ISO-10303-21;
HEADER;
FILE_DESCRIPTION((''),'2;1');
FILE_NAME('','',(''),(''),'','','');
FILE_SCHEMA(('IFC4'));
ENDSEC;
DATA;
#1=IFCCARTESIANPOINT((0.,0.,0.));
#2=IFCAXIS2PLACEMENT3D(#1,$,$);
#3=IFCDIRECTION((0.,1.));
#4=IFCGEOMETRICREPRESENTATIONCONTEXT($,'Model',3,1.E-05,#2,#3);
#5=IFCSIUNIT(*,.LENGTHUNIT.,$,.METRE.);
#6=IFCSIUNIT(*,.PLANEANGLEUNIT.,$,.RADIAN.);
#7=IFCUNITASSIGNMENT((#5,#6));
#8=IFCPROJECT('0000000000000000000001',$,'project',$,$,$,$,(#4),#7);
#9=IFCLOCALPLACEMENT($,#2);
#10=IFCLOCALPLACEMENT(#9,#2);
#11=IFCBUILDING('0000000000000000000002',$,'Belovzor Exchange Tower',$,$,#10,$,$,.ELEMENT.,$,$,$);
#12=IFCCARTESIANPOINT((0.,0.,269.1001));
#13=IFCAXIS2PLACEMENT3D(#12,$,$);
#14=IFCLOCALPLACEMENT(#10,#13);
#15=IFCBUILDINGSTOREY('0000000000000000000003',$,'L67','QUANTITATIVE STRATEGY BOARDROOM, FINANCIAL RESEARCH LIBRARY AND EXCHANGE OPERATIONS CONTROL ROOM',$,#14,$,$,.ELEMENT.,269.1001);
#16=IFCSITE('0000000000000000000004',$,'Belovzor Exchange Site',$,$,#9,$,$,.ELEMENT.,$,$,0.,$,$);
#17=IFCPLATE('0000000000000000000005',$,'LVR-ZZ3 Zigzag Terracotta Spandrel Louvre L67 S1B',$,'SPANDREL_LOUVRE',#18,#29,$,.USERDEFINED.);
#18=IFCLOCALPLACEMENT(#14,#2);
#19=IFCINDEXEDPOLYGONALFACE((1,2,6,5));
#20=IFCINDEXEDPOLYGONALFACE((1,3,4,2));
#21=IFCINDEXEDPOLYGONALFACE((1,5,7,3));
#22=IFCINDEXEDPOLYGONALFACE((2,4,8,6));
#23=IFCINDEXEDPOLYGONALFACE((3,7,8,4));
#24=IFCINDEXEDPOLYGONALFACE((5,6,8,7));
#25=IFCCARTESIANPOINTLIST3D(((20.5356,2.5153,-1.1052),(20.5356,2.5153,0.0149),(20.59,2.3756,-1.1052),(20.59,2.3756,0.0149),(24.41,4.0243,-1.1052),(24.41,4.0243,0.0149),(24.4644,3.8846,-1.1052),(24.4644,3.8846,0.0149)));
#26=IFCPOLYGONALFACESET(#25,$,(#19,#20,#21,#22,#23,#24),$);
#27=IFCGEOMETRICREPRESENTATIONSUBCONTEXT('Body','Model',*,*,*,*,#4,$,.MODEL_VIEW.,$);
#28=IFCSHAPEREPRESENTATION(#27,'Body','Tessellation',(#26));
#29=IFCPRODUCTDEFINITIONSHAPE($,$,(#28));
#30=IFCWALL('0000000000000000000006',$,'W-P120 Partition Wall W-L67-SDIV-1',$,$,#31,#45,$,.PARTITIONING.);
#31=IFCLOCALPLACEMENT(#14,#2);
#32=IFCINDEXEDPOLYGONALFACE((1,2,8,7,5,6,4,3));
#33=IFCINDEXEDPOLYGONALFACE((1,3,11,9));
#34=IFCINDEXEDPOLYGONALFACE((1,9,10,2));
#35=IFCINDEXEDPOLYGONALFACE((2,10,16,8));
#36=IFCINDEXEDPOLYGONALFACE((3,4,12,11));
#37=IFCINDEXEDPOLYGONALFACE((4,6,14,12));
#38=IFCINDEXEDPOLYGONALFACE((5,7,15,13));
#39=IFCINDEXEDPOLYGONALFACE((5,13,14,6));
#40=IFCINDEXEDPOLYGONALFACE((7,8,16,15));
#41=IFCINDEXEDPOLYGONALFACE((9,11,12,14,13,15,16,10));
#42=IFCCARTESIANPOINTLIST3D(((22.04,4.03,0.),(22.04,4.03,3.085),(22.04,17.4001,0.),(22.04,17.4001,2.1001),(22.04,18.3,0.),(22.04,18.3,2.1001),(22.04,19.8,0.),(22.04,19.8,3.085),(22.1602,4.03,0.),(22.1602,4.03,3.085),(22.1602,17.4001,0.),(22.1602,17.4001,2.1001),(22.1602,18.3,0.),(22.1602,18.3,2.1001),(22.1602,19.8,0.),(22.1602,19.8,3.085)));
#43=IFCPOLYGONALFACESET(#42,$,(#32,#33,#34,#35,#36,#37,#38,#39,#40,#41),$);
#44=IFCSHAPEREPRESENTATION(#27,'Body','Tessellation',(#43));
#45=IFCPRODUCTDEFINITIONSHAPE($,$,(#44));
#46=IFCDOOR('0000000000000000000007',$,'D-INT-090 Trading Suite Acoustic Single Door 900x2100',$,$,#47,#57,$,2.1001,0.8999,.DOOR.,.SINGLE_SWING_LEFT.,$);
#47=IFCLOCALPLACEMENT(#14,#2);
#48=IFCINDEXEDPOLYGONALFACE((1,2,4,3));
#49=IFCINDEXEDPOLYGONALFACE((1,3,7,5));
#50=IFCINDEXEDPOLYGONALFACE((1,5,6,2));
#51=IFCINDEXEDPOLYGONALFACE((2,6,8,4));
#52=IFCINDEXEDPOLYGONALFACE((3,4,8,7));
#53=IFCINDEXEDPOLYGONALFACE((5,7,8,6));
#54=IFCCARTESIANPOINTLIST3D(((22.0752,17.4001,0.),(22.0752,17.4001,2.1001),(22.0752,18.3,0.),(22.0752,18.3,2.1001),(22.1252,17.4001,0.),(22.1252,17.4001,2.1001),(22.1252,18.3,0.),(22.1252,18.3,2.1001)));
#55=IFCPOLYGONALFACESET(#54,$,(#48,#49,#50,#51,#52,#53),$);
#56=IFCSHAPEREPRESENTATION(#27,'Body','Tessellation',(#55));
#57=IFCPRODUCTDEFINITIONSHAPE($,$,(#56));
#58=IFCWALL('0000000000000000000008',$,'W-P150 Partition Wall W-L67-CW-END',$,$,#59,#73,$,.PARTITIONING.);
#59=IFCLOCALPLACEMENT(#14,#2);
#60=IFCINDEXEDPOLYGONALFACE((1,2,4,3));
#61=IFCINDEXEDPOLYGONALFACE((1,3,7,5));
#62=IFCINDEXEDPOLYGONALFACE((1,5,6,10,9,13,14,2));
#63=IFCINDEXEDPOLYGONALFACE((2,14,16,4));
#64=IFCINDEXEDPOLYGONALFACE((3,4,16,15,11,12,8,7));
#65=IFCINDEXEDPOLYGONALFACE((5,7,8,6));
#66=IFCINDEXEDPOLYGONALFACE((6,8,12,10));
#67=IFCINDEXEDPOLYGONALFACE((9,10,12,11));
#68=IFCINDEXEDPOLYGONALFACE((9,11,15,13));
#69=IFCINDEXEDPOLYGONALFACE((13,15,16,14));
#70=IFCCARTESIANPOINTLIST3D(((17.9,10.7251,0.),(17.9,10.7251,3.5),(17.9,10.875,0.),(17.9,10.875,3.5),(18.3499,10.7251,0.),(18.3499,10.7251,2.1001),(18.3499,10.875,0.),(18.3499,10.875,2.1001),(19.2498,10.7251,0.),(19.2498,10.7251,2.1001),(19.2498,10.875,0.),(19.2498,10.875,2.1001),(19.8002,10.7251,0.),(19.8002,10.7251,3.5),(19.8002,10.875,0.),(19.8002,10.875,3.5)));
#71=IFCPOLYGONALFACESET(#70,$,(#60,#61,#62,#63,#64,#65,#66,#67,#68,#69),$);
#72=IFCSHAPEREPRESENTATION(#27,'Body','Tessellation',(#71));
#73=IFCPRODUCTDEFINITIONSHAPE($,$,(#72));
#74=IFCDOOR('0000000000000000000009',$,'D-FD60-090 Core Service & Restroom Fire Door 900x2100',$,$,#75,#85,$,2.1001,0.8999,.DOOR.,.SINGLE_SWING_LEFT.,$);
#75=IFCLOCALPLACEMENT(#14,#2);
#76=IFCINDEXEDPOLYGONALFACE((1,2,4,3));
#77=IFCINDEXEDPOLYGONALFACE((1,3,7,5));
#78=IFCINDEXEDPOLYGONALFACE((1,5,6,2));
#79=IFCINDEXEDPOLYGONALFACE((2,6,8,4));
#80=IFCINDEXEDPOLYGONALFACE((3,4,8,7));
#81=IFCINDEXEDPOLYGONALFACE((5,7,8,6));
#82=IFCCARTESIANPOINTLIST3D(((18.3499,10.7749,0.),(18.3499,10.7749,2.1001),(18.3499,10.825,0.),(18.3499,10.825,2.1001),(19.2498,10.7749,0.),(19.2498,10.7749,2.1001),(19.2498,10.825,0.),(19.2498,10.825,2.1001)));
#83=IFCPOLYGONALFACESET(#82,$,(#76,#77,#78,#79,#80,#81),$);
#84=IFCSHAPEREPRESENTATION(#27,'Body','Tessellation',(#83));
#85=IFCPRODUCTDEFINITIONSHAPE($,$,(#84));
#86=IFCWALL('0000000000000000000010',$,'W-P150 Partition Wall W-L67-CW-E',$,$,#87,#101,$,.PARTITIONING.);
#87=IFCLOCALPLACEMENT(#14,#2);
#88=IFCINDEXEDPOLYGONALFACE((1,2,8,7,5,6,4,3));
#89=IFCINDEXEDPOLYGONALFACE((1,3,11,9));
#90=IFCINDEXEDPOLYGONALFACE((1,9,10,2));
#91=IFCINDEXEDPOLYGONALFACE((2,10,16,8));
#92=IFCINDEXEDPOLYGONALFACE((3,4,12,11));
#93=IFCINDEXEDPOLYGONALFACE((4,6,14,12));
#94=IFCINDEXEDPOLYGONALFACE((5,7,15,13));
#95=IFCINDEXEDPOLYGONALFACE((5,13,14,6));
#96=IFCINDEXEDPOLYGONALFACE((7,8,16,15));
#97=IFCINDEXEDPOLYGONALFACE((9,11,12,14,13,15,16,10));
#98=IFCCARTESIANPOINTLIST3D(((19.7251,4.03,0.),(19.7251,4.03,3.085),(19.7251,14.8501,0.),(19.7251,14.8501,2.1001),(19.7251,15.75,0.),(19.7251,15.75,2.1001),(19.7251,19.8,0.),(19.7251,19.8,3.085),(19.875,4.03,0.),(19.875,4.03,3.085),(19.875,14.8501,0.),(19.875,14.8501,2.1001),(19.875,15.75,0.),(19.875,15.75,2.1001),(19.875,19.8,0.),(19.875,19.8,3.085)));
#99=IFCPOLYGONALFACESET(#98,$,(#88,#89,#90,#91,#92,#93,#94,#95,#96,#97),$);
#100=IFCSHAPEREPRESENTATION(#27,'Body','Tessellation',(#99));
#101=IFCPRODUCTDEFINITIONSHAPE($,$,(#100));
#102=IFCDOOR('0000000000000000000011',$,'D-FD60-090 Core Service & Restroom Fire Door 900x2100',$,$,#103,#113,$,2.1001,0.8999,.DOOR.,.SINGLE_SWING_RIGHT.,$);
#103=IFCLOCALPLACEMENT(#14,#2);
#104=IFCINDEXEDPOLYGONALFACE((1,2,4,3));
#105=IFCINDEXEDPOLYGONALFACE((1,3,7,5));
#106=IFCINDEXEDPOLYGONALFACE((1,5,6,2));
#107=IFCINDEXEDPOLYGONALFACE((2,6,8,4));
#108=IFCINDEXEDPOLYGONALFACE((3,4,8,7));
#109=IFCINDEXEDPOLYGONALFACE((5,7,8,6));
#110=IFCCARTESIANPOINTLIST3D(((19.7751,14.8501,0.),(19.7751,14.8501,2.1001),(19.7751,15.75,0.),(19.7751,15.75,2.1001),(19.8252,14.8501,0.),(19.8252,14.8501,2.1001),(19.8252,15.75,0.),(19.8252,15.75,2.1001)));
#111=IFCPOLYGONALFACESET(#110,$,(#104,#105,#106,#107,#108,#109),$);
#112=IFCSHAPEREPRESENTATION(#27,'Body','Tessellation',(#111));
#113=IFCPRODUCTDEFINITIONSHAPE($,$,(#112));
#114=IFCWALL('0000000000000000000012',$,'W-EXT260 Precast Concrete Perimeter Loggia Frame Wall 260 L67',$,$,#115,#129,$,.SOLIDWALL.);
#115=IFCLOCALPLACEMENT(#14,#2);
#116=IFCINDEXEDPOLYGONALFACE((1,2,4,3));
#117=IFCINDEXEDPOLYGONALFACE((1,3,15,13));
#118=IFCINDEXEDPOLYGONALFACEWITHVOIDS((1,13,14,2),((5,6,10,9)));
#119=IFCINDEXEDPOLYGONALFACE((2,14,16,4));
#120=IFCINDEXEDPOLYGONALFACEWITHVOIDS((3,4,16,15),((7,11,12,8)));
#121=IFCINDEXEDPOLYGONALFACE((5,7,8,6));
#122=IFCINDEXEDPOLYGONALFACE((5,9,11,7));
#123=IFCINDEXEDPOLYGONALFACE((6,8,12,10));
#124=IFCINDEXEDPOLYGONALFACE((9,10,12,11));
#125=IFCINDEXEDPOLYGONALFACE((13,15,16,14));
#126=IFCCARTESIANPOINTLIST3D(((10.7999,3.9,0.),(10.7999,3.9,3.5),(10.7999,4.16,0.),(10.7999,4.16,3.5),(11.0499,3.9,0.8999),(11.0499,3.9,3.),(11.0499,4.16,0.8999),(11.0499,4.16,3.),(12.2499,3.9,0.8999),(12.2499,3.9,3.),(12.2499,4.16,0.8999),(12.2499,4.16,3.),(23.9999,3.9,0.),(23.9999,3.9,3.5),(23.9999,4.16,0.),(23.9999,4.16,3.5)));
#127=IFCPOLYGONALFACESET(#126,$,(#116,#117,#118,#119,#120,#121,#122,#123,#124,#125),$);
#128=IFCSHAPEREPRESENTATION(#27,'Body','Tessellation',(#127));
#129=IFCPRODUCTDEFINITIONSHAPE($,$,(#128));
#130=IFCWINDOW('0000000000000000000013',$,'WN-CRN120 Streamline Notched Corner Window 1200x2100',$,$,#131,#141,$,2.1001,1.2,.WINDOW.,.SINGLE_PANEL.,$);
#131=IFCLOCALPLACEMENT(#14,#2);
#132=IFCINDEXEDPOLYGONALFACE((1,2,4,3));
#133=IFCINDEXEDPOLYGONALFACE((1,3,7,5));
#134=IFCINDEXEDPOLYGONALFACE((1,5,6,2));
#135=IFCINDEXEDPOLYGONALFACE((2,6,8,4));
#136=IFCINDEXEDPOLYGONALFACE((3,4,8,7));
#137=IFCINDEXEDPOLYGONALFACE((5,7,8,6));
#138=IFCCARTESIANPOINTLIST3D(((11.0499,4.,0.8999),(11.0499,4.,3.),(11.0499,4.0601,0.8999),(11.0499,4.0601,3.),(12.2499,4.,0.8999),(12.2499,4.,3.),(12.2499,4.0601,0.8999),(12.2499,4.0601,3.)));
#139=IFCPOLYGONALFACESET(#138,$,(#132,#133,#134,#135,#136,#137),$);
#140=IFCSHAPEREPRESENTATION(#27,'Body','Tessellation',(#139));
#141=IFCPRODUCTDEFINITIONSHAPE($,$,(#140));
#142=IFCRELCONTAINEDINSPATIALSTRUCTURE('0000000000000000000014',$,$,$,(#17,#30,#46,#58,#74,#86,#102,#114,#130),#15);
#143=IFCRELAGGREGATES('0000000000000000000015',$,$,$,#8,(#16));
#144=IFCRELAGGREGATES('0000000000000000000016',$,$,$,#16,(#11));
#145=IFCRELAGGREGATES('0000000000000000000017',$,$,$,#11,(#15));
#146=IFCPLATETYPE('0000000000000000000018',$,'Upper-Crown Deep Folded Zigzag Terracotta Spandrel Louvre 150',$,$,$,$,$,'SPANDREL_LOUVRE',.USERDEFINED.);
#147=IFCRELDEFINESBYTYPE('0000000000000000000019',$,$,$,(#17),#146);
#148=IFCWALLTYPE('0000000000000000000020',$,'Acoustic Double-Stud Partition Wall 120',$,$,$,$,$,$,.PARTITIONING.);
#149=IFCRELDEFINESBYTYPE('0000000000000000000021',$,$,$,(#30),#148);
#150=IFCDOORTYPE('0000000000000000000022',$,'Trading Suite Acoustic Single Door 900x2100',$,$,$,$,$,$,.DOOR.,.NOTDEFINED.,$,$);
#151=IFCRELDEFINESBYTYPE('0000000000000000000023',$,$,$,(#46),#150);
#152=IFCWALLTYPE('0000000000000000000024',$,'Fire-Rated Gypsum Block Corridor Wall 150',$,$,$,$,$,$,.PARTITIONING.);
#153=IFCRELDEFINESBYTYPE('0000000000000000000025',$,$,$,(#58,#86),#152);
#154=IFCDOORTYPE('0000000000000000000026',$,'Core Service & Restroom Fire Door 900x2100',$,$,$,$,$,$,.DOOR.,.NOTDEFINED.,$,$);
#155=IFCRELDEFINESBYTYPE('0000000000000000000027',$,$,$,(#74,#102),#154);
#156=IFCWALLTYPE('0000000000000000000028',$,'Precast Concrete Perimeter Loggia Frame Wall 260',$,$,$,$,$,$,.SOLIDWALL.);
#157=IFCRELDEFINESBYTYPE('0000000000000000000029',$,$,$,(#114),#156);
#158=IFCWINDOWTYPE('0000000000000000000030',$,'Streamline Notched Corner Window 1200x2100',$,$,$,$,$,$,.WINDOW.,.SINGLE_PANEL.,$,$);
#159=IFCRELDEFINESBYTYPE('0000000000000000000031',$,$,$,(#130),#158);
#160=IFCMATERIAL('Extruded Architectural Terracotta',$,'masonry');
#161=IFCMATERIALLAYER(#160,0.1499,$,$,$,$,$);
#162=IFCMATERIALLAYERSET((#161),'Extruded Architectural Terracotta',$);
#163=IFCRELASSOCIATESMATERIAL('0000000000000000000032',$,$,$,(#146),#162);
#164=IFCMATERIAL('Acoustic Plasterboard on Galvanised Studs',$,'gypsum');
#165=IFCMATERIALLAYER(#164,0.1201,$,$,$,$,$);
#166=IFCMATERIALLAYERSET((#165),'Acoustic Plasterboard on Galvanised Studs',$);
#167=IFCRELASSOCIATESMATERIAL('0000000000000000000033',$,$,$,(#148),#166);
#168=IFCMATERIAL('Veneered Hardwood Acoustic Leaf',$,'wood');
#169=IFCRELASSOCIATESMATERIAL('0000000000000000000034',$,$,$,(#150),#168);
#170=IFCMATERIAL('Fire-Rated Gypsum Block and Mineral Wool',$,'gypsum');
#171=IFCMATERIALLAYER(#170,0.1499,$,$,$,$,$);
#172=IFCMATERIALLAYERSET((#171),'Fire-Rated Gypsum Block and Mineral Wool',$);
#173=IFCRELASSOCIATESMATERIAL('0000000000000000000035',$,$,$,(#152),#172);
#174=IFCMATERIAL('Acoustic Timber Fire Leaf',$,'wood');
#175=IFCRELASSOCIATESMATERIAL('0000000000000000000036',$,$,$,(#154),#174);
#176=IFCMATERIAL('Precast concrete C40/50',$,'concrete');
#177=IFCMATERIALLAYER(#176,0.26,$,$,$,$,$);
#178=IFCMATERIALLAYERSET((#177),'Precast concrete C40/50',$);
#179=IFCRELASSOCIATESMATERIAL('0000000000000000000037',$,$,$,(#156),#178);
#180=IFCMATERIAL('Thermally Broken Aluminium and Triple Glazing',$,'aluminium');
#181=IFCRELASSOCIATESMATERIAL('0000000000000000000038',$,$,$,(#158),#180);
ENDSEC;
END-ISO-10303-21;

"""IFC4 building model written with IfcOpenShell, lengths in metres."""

from ifc_helpers import new_model, si_unit, direction, frame, frame_2d, origin, origin_2d, place, context, subcontext, project, spatial, rectangle, extrude, material, layer, layer_set, type_object, element, fill, save


model = new_model("IFC4")

# Units and contexts
model_context = context("Model", 3, precision=1e-05, world=origin(), true_north=direction((0.0, 1.0)))
body_context = subcontext(model_context, "Body", "Model", "MODEL_VIEW")
ifc_project = project(units=[si_unit("LENGTHUNIT", "METRE"), si_unit("PLANEANGLEUNIT", "RADIAN")], contexts=[model_context])

# Site, building, storey
site_placement = place(None, origin())
site = spatial("IfcSite", under=ifc_project, at=site_placement, Name="Belovzor Exchange Site", CompositionType="ELEMENT", RefElevation=0.0)
building_placement = place(site_placement, origin())
building = spatial("IfcBuilding", under=site, at=building_placement, Name="Belovzor Exchange Tower", CompositionType="ELEMENT")
storey_placement = place(building_placement, frame((0.0, 0.0, 269.1001)))
storey = spatial("IfcBuildingStorey", under=building, at=storey_placement, Name="L67", Description="QUANTITATIVE STRATEGY BOARDROOM, FINANCIAL RESEARCH LIBRARY AND EXCHANGE OPERATIONS CONTROL ROOM", CompositionType="ELEMENT", Elevation=269.1001)

# Plate
ifc_material_1 = material(Name="Extruded Architectural Terracotta", Category="masonry")
ifc_layer_1 = layer(ifc_material_1, 0.1499)
ifc_layer_set_1 = layer_set([ifc_layer_1], Name="Extruded Architectural Terracotta")
plate_type_1 = type_object("IfcPlateType", Name="Upper-Crown Deep Folded Zigzag Terracotta Spandrel Louvre 150", ElementType="SPANDREL_LOUVRE", PredefinedType="USERDEFINED", material=ifc_layer_set_1)
for number, where, z_axis, x_axis, name in (
    (1, (22.5, 3.2, -1.1052), (0.0, 0.0, 1.0), (0.931818, 0.362926, 0.0), "LVR-ZZ3 Zigzag Terracotta Spandrel Louvre L67 S1B"),
):
    element("IfcPlate", number, at=place(storey_placement, frame(where, z_axis=z_axis, x_axis=x_axis)), inside=storey, type_object=plate_type_1, Name=name, ObjectType="SPANDREL_LOUVRE", PredefinedType="USERDEFINED", context=body_context, shape_type="SweptSolid", body=[
        extrude(rectangle(XDim=4.158, YDim=0.1499, at=origin_2d()), origin(), (0.0, 0.0, 1.0), 1.1201),
    ])

# Walls, openings, doors
ifc_material_2 = material(Name="Acoustic Plasterboard on Galvanised Studs", Category="gypsum")
ifc_layer_2 = layer(ifc_material_2, 0.1201)
ifc_layer_set_2 = layer_set([ifc_layer_2], Name="Acoustic Plasterboard on Galvanised Studs")
wall_type_1 = type_object("IfcWallType", Name="Acoustic Double-Stud Partition Wall 120", PredefinedType="PARTITIONING", material=ifc_layer_set_2)
wall_1_placement = place(storey_placement, frame((22.1001, 4.03, 0.0), z_axis=(0.0, 0.0, 1.0), x_axis=(0.0, 1.0, 0.0)))
wall_1 = element("IfcWall", 2, at=wall_1_placement, inside=storey, type_object=wall_type_1, Name="W-P120 Partition Wall W-L67-SDIV-1", PredefinedType="PARTITIONING", context=body_context, shape_type="SweptSolid", body=[
    extrude(rectangle(XDim=15.77, YDim=0.1201, at=frame_2d((7.885, 0.0))), origin(), (0.0, 0.0, 1.0), 3.085),
])
opening_1_placement = place(wall_1_placement, frame((13.3701, 0.0, 0.0)))
opening_1 = element("IfcOpeningElement", 3, at=opening_1_placement, cuts=wall_1, PredefinedType="OPENING", context=body_context, shape_type="SweptSolid", body=[
    extrude(rectangle(XDim=0.8999, YDim=2.1001, at=frame_2d((0.45, 1.05))), frame((0.0, 0.0701, 0.0), z_axis=(0.0, -1.0, 0.0), x_axis=(1.0, 0.0, 0.0)), (0.0, 0.0, 1.0), 0.1401),
])
ifc_material_3 = material(Name="Veneered Hardwood Acoustic Leaf", Category="wood")
door_type_1 = type_object("IfcDoorType", Name="Trading Suite Acoustic Single Door 900x2100", OperationType="NOTDEFINED", PredefinedType="DOOR", material=ifc_material_3)
door_1_placement = place(opening_1_placement, origin())
door_1 = element("IfcDoor", 4, at=door_1_placement, inside=storey, type_object=door_type_1, Name="D-INT-090 Trading Suite Acoustic Single Door 900x2100", OperationType="SINGLE_SWING_LEFT", OverallHeight=2.1001, OverallWidth=0.8999, PredefinedType="DOOR", context=body_context, shape_type="SweptSolid", body=[
    extrude(rectangle(XDim=0.8999, YDim=2.1001, at=frame_2d((0.45, 1.05))), frame((0.0, 0.0249, 0.0), z_axis=(0.0, -1.0, 0.0), x_axis=(1.0, 0.0, 0.0)), (0.0, 0.0, 1.0), 0.05),
])
fill(opening_1, door_1)
ifc_material_4 = material(Name="Fire-Rated Gypsum Block and Mineral Wool", Category="gypsum")
ifc_layer_3 = layer(ifc_material_4, 0.1499)
ifc_layer_set_3 = layer_set([ifc_layer_3], Name="Fire-Rated Gypsum Block and Mineral Wool")
wall_type_2 = type_object("IfcWallType", Name="Fire-Rated Gypsum Block Corridor Wall 150", PredefinedType="PARTITIONING", material=ifc_layer_set_3)
wall_2_placement = place(storey_placement, frame((17.8999, 10.8, 0.0), z_axis=(0.0, 0.0, 1.0), x_axis=(1.0, 0.0, 0.0)))
wall_2 = element("IfcWall", 5, at=wall_2_placement, inside=storey, type_object=wall_type_2, Name="W-P150 Partition Wall W-L67-CW-END", PredefinedType="PARTITIONING", context=body_context, shape_type="SweptSolid", body=[
    extrude(rectangle(XDim=1.9001, YDim=0.1499, at=frame_2d((0.9502, 0.0))), origin(), (0.0, 0.0, 1.0), 3.5),
])
opening_2_placement = place(wall_2_placement, frame((0.45, 0.0, 0.0)))
opening_2 = element("IfcOpeningElement", 6, at=opening_2_placement, cuts=wall_2, PredefinedType="OPENING", context=body_context, shape_type="SweptSolid", body=[
    extrude(rectangle(XDim=0.8999, YDim=2.1001, at=frame_2d((0.45, 1.05))), frame((0.0, 0.085, 0.0), z_axis=(0.0, -1.0, 0.0), x_axis=(1.0, 0.0, 0.0)), (0.0, 0.0, 1.0), 0.1699),
])
ifc_material_5 = material(Name="Acoustic Timber Fire Leaf", Category="wood")
door_type_2 = type_object("IfcDoorType", Name="Core Service & Restroom Fire Door 900x2100", OperationType="NOTDEFINED", PredefinedType="DOOR", material=ifc_material_5)
door_2_placement = place(opening_2_placement, origin())
door_2 = element("IfcDoor", 7, at=door_2_placement, inside=storey, type_object=door_type_2, Name="D-FD60-090 Core Service & Restroom Fire Door 900x2100", OperationType="SINGLE_SWING_LEFT", OverallHeight=2.1001, OverallWidth=0.8999, PredefinedType="DOOR", context=body_context, shape_type="SweptSolid", body=[
    extrude(rectangle(XDim=0.8999, YDim=2.1001, at=frame_2d((0.45, 1.05))), frame((0.0, 0.0249, 0.0), z_axis=(0.0, -1.0, 0.0), x_axis=(1.0, 0.0, 0.0)), (0.0, 0.0, 1.0), 0.05),
])
fill(opening_2, door_2)
wall_3_placement = place(storey_placement, frame((19.8, 4.03, 0.0), z_axis=(0.0, 0.0, 1.0), x_axis=(0.0, 1.0, 0.0)))
wall_3 = element("IfcWall", 8, at=wall_3_placement, inside=storey, type_object=wall_type_2, Name="W-P150 Partition Wall W-L67-CW-E", PredefinedType="PARTITIONING", context=body_context, shape_type="SweptSolid", body=[
    extrude(rectangle(XDim=15.77, YDim=0.1499, at=frame_2d((7.885, 0.0))), origin(), (0.0, 0.0, 1.0), 3.085),
])
opening_3_placement = place(wall_3_placement, frame((10.8201, 0.0, 0.0)))
opening_3 = element("IfcOpeningElement", 9, at=opening_3_placement, cuts=wall_3, PredefinedType="OPENING", context=body_context, shape_type="SweptSolid", body=[
    extrude(rectangle(XDim=0.8999, YDim=2.1001, at=frame_2d((0.45, 1.05))), frame((0.0, 0.085, 0.0), z_axis=(0.0, -1.0, 0.0), x_axis=(1.0, 0.0, 0.0)), (0.0, 0.0, 1.0), 0.1699),
])
door_3_placement = place(opening_3_placement, origin())
door_3 = element("IfcDoor", 10, at=door_3_placement, inside=storey, type_object=door_type_2, Name="D-FD60-090 Core Service & Restroom Fire Door 900x2100", OperationType="SINGLE_SWING_RIGHT", OverallHeight=2.1001, OverallWidth=0.8999, PredefinedType="DOOR", context=body_context, shape_type="SweptSolid", body=[
    extrude(rectangle(XDim=0.8999, YDim=2.1001, at=frame_2d((0.45, 1.05))), frame((0.0, 0.0249, 0.0), z_axis=(0.0, -1.0, 0.0), x_axis=(1.0, 0.0, 0.0)), (0.0, 0.0, 1.0), 0.05),
])
fill(opening_3, door_3)

# Wall, opening, window
ifc_material_6 = material(Name="Precast concrete C40/50", Category="concrete")
ifc_layer_4 = layer(ifc_material_6, 0.26)
ifc_layer_set_4 = layer_set([ifc_layer_4], Name="Precast concrete C40/50")
wall_type_3 = type_object("IfcWallType", Name="Precast Concrete Perimeter Loggia Frame Wall 260", PredefinedType="SOLIDWALL", material=ifc_layer_set_4)
wall_4_placement = place(storey_placement, frame((24.0, 4.03, 0.0), z_axis=(0.0, 0.0, 1.0), x_axis=(-1.0, 0.0, 0.0)))
wall_4 = element("IfcWall", 11, at=wall_4_placement, inside=storey, type_object=wall_type_3, Name="W-EXT260 Precast Concrete Perimeter Loggia Frame Wall 260 L67", PredefinedType="SOLIDWALL", context=body_context, shape_type="SweptSolid", body=[
    extrude(rectangle(XDim=13.2, YDim=0.26, at=frame_2d((6.6001, 0.0))), origin(), (0.0, 0.0, 1.0), 3.5),
])
opening_4_placement = place(wall_4_placement, frame((11.75, 0.0, 0.8999)))
opening_4 = element("IfcOpeningElement", 12, at=opening_4_placement, cuts=wall_4, PredefinedType="OPENING", context=body_context, shape_type="SweptSolid", body=[
    extrude(rectangle(XDim=1.2, YDim=2.1001, at=frame_2d((0.6001, 1.05))), frame((0.0, 0.1399, 0.0), z_axis=(0.0, -1.0, 0.0), x_axis=(1.0, 0.0, 0.0)), (0.0, 0.0, 1.0), 0.28),
])
ifc_material_7 = material(Name="Thermally Broken Aluminium and Triple Glazing", Category="aluminium")
window_type = type_object("IfcWindowType", Name="Streamline Notched Corner Window 1200x2100", PartitioningType="SINGLE_PANEL", PredefinedType="WINDOW", material=ifc_material_7)
window_placement = place(opening_4_placement, origin())
window = element("IfcWindow", 13, at=window_placement, inside=storey, type_object=window_type, Name="WN-CRN120 Streamline Notched Corner Window 1200x2100", OverallHeight=2.1001, OverallWidth=1.2, PartitioningType="SINGLE_PANEL", PredefinedType="WINDOW", context=body_context, shape_type="SweptSolid", body=[
    extrude(rectangle(XDim=1.2, YDim=2.1001, at=frame_2d((0.6001, 1.05))), frame((0.0, 0.03, 0.0), z_axis=(0.0, -1.0, 0.0), x_axis=(1.0, 0.0, 0.0)), (0.0, 0.0, 1.0), 0.0601),
])
fill(opening_4, window)

save(model, "model.ifc")
